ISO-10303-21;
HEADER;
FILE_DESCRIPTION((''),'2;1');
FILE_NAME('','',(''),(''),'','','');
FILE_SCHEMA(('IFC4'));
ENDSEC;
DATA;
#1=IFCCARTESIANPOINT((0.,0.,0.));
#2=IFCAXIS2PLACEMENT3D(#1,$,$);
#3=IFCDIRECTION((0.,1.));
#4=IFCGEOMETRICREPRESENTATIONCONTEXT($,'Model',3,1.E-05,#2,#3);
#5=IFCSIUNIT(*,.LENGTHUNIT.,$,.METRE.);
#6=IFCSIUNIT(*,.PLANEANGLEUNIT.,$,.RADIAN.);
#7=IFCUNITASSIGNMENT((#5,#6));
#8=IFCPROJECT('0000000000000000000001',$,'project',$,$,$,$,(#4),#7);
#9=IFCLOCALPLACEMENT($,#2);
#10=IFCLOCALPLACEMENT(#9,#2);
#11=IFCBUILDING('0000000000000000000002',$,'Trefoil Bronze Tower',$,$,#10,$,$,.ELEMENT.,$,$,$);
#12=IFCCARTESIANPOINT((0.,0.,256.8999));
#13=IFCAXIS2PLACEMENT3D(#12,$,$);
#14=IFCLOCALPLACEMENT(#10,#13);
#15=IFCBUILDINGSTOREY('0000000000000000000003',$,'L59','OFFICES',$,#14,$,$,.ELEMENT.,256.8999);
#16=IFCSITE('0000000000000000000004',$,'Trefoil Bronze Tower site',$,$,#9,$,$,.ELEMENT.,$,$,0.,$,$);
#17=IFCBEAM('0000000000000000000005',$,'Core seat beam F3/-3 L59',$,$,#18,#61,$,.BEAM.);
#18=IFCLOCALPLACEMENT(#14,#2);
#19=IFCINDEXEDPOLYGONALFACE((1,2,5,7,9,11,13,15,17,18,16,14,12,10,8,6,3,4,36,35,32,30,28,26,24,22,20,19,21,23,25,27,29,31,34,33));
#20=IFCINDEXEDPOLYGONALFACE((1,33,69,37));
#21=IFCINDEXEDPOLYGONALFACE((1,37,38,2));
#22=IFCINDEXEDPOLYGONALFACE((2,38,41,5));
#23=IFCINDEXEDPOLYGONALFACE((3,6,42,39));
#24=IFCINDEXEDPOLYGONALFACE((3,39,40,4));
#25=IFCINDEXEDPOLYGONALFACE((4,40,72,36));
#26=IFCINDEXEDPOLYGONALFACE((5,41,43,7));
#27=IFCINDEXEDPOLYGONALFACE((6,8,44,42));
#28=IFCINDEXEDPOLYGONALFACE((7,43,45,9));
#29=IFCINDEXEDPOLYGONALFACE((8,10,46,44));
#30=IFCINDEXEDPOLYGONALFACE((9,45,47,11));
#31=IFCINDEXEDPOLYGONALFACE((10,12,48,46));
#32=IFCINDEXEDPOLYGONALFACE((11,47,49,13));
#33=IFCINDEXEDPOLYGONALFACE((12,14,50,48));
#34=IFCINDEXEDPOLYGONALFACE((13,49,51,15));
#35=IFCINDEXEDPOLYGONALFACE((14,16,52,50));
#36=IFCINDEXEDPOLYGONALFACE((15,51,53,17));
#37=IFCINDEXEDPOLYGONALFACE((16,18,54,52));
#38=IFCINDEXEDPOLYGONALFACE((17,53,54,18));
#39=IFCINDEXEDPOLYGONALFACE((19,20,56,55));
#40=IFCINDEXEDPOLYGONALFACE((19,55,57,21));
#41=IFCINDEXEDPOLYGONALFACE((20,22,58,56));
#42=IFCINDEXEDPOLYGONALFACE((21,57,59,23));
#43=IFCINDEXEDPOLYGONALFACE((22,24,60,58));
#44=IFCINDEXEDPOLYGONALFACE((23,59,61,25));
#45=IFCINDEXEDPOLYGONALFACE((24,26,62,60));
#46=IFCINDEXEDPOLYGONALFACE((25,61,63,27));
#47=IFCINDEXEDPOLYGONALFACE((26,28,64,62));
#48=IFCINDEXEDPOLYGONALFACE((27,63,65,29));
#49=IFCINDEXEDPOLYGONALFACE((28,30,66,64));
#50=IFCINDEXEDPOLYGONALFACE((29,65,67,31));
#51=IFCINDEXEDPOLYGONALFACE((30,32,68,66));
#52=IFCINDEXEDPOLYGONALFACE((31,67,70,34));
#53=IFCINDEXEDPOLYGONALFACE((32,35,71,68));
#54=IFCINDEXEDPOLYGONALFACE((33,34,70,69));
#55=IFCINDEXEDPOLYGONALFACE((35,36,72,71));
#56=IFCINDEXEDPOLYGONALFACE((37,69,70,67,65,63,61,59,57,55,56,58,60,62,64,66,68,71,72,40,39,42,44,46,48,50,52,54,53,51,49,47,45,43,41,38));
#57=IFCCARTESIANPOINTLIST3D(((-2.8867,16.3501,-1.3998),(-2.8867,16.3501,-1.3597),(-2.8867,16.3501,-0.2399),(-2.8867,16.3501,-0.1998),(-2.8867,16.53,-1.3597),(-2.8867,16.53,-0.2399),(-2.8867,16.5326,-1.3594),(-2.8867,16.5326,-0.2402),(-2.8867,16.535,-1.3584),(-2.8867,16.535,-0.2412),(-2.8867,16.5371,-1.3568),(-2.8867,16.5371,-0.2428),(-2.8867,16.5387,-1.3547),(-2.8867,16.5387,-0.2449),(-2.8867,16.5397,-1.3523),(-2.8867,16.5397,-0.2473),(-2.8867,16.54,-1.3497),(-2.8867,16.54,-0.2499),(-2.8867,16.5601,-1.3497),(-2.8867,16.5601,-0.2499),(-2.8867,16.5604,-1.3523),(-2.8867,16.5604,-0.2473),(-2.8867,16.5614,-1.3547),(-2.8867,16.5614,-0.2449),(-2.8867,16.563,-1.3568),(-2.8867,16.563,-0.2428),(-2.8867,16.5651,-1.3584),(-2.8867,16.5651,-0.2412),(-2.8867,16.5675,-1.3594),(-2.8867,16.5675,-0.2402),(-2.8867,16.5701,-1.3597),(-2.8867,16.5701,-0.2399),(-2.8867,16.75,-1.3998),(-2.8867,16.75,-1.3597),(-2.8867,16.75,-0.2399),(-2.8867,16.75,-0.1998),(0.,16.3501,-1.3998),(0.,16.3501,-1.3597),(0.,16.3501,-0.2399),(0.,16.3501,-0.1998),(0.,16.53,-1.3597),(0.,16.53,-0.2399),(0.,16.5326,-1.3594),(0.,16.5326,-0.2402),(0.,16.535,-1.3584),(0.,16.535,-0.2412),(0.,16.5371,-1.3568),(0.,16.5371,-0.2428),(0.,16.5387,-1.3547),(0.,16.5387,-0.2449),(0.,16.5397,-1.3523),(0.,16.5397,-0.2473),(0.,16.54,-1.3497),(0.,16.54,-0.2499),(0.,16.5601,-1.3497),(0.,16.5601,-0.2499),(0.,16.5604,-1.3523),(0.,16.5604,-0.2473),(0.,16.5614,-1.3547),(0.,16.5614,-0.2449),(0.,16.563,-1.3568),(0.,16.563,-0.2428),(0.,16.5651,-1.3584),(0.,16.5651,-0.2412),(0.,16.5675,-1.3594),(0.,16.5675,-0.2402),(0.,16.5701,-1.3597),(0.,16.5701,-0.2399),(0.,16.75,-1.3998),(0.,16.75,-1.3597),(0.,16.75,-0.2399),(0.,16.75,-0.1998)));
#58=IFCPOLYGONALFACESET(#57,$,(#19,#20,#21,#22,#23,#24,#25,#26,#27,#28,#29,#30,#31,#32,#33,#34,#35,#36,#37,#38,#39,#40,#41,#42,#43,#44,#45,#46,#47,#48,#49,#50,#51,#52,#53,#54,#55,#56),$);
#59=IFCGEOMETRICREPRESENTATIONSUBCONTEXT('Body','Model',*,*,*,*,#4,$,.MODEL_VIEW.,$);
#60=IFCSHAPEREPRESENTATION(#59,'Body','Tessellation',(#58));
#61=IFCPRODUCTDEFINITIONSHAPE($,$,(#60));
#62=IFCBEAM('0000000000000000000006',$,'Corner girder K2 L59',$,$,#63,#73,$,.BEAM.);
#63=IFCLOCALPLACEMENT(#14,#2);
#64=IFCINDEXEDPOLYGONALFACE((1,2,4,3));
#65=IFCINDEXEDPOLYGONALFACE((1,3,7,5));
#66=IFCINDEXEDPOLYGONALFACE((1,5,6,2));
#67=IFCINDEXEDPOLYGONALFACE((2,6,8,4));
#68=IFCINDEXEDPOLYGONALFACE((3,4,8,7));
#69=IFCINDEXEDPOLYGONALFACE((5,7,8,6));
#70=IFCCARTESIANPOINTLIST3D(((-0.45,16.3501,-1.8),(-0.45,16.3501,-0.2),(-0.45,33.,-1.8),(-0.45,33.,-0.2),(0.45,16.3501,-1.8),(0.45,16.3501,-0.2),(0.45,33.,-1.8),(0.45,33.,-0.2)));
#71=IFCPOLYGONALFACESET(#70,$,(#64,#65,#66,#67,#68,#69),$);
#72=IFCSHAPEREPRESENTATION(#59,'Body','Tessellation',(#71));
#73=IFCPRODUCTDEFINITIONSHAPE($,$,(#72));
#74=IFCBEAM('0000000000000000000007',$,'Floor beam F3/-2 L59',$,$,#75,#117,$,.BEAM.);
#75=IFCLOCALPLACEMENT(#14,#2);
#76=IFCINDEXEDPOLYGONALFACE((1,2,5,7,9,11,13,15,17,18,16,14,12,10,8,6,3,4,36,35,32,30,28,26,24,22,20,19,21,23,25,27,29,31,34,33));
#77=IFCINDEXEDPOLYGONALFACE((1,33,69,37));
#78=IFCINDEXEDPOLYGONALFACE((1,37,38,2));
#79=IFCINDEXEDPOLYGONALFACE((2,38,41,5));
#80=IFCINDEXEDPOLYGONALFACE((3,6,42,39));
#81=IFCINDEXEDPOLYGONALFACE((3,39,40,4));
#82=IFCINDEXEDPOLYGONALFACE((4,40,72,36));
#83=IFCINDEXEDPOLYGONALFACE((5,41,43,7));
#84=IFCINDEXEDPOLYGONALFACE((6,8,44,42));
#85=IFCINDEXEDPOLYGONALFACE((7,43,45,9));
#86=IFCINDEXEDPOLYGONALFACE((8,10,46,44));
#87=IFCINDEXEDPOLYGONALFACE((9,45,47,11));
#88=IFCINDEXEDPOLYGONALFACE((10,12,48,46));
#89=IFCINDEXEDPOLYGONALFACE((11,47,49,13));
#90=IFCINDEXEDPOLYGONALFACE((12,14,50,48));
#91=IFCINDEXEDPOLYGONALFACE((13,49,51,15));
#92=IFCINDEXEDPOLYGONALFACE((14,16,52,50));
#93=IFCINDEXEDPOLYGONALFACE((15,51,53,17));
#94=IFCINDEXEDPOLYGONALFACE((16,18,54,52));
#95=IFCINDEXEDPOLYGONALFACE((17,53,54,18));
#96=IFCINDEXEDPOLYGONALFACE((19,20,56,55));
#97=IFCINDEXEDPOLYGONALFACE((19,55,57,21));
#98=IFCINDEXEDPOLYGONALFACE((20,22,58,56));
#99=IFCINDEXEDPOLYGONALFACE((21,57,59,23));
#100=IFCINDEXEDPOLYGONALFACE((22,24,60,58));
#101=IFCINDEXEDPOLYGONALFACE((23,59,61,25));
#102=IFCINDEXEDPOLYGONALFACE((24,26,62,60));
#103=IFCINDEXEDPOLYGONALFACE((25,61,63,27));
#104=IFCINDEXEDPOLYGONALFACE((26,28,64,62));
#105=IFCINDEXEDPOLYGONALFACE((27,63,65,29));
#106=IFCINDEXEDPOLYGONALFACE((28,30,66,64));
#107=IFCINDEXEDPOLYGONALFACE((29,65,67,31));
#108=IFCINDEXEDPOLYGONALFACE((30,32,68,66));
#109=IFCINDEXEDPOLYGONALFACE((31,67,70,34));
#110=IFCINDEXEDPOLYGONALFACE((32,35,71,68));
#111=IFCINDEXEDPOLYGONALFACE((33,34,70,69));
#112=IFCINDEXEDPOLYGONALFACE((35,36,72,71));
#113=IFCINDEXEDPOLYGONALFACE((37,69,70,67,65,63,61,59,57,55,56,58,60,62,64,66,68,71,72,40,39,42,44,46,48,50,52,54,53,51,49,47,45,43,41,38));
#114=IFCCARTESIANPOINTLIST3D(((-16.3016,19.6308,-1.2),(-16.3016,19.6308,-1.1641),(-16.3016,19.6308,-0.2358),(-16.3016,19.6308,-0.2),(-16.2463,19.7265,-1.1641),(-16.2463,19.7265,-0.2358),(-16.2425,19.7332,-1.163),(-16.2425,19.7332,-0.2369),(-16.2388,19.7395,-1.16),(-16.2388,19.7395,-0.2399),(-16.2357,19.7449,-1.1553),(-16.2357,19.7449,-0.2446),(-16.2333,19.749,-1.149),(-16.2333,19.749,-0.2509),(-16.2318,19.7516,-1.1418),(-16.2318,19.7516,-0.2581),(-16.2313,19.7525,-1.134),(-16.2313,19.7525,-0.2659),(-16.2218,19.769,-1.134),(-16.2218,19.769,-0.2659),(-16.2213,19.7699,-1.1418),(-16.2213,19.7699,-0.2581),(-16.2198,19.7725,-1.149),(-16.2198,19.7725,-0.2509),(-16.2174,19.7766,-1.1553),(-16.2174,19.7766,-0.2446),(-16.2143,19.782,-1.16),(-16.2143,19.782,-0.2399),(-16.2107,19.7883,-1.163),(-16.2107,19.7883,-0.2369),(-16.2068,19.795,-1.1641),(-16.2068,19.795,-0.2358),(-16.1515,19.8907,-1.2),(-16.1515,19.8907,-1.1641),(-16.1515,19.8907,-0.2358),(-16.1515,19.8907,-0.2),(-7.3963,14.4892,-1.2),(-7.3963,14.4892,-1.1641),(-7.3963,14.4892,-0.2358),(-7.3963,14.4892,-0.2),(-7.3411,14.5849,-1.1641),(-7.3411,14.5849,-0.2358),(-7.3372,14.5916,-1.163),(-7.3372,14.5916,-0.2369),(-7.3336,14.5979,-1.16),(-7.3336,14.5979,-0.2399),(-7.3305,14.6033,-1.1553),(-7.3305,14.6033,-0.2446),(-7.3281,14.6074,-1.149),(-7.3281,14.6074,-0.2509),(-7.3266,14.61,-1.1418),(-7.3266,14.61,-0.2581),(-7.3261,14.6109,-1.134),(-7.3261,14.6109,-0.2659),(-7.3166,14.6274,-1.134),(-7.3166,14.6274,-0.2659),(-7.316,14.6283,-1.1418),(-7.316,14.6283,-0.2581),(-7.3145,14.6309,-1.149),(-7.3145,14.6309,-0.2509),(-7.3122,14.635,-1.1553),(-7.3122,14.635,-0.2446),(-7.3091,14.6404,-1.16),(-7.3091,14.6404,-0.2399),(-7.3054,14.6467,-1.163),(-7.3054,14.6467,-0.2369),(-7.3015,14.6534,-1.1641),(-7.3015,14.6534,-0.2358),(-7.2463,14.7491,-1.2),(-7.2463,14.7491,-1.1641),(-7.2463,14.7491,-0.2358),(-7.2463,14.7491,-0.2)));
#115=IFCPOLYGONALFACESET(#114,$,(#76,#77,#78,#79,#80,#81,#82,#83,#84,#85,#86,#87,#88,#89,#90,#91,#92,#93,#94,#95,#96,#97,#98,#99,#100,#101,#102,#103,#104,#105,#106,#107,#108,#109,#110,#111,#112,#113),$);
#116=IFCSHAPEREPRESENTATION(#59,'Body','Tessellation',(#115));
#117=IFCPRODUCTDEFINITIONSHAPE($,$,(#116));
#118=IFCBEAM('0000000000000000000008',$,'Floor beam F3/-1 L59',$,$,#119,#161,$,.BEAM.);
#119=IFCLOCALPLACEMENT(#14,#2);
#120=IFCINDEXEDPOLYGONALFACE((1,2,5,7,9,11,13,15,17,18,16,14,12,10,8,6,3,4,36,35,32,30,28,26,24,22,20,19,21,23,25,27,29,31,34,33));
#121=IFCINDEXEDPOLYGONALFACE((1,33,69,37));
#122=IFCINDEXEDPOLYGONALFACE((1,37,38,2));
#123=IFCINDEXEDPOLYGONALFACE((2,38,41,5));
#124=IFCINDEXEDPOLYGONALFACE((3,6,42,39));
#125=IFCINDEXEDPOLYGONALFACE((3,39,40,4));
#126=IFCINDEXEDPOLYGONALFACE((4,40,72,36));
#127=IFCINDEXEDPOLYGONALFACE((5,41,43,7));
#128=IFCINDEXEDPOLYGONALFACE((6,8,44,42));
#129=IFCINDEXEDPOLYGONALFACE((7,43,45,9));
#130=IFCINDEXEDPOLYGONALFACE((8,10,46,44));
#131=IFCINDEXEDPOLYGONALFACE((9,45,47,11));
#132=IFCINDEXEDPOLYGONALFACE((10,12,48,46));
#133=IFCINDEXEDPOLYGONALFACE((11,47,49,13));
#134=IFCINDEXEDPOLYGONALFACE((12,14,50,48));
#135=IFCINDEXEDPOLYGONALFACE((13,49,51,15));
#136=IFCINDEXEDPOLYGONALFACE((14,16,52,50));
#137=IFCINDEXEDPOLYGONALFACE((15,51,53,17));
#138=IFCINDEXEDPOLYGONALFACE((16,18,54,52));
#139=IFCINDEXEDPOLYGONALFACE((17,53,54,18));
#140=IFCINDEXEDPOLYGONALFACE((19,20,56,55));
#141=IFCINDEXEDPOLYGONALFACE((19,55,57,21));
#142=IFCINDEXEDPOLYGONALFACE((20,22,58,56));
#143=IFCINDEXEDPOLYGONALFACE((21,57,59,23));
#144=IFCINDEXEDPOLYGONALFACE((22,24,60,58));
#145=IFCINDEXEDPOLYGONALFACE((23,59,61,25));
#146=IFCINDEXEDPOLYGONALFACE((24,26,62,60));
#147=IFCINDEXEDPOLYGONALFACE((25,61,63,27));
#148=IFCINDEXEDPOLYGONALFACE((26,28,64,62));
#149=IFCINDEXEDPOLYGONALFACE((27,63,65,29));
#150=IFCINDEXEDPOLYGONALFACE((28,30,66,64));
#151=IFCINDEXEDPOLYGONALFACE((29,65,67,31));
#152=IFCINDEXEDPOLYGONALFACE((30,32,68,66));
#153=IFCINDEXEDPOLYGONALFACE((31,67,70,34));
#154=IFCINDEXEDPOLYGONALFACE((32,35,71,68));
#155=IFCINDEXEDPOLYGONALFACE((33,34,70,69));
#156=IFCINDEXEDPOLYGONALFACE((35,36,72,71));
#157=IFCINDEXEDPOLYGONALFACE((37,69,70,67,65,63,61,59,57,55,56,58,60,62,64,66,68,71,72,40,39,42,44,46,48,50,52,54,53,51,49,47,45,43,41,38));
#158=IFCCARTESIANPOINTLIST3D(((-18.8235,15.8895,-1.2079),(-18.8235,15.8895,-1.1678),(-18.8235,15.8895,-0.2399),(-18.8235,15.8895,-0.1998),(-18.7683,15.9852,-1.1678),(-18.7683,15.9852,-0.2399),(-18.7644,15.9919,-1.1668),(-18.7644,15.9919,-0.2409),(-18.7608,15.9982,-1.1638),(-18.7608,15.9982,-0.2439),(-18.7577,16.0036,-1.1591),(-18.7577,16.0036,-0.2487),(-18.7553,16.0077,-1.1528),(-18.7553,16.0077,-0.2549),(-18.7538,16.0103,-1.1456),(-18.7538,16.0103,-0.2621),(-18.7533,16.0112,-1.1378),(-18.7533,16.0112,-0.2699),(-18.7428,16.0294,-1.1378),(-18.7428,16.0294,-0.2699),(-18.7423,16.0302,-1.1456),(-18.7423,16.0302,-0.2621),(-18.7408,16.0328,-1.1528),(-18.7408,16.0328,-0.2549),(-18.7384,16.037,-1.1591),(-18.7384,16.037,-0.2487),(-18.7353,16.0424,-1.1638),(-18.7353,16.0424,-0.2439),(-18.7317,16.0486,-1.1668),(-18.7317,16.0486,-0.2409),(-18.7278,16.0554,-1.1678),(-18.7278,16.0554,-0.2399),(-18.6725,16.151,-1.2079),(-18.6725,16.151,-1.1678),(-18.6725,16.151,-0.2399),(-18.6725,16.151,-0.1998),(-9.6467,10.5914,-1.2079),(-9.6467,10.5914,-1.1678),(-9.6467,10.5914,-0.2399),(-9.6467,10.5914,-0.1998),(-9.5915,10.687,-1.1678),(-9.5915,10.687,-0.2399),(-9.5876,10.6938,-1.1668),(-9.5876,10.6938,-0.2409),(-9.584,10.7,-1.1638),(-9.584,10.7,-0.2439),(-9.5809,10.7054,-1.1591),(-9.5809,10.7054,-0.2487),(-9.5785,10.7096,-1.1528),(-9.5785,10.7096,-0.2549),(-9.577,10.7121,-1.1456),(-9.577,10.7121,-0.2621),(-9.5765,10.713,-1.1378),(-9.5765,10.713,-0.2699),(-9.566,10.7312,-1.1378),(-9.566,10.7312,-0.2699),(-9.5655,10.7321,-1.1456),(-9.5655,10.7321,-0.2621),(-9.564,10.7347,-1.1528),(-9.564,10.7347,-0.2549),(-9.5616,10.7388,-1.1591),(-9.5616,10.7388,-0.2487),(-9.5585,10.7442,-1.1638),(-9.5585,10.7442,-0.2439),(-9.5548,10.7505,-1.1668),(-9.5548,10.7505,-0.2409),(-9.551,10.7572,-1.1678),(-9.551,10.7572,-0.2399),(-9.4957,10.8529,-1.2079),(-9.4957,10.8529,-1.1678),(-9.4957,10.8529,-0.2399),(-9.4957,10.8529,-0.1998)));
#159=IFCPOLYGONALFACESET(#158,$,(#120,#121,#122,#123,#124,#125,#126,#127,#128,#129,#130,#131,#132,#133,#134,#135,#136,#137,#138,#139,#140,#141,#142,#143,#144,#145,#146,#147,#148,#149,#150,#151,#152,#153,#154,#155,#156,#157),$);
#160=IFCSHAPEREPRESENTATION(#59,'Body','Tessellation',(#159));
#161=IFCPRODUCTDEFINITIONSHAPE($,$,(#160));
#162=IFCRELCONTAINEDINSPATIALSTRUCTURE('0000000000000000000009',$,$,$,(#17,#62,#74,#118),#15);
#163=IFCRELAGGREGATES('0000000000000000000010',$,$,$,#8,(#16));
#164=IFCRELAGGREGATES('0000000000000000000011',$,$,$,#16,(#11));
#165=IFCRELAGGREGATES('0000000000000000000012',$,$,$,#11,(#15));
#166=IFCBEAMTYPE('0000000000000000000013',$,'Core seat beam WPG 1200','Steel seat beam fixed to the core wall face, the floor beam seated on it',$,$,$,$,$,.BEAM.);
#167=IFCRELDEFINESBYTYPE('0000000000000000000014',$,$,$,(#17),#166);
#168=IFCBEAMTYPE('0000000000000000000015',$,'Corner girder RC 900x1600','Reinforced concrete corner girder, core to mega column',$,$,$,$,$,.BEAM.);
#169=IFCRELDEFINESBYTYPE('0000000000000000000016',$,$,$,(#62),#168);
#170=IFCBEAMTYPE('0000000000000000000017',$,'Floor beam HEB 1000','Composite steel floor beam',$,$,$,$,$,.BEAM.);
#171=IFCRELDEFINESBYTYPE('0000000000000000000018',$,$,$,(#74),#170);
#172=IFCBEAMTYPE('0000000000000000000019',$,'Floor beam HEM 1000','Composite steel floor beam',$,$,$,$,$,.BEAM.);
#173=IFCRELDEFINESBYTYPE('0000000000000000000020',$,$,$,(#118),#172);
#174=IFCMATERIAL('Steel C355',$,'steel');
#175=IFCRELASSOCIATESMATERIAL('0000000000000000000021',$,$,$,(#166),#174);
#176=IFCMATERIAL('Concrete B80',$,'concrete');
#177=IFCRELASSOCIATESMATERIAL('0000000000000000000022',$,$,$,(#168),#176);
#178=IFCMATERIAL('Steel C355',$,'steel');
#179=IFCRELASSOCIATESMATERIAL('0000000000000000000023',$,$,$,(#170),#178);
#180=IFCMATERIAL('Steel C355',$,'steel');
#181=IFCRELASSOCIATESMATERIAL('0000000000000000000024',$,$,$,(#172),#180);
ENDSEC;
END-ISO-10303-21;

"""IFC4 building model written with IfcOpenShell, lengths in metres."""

from ifc_helpers import new_model, si_unit, direction, frame, origin, origin_2d, place, context, subcontext, project, spatial, rectangle, i_section, extrude, material, material_profile, profile_set, type_object, element, save


model = new_model("IFC4")

# Units and contexts
model_context = context("Model", 3, precision=1e-05, world=origin(), true_north=direction((0.0, 1.0)))
body_context = subcontext(model_context, "Body", "Model", "MODEL_VIEW")
ifc_project = project(units=[si_unit("LENGTHUNIT", "METRE"), si_unit("PLANEANGLEUNIT", "RADIAN")], contexts=[model_context])

# Site, building, storey
site_placement = place(None, origin())
site = spatial("IfcSite", under=ifc_project, at=site_placement, Name="Trefoil Bronze Tower site", CompositionType="ELEMENT", RefElevation=0.0)
building_placement = place(site_placement, origin())
building = spatial("IfcBuilding", under=site, at=building_placement, Name="Trefoil Bronze Tower", CompositionType="ELEMENT")
storey_placement = place(building_placement, frame((0.0, 0.0, 256.8999)))
storey = spatial("IfcBuildingStorey", under=building, at=storey_placement, Name="L59", Description="OFFICES", CompositionType="ELEMENT", Elevation=256.8999)

# Beams
ifc_material_1 = material(Name="Steel C355", Category="steel")
ifc_material_profile_1 = material_profile(ifc_material_1, i_section(OverallWidth=0.3999, OverallDepth=1.2, WebThickness=0.02, FlangeThickness=0.04, FilletRadius=0.01, at=origin_2d()), Name="WPG 1200")
ifc_profile_set_1 = profile_set([ifc_material_profile_1], Name="Steel C355")
beam_type_1 = type_object("IfcBeamType", Name="Core seat beam WPG 1200", Description="Steel seat beam fixed to the core wall face, the floor beam seated on it", PredefinedType="BEAM", material=ifc_profile_set_1)
beam_1_placement = place(storey_placement, frame((0.0, 16.55, -0.7998), z_axis=(-1.0, 0.0, 0.0), x_axis=(0.0, -1.0, 0.0)))
element("IfcBeam", 1, at=beam_1_placement, inside=storey, type_object=beam_type_1, Name="Core seat beam F3/-3 L59", PredefinedType="BEAM", context=body_context, shape_type="SweptSolid", body=[
    extrude(i_section(OverallWidth=0.3999, OverallDepth=1.2, WebThickness=0.02, FlangeThickness=0.04, FilletRadius=0.01, at=origin_2d()), origin(), (0.0, 0.0, 1.0), 2.8867),
])
ifc_material_2 = material(Name="Concrete B80", Category="concrete")
ifc_material_profile_2 = material_profile(ifc_material_2, rectangle(XDim=0.8999, YDim=1.6001, at=origin_2d()), Name="RC 900x1600")
ifc_profile_set_2 = profile_set([ifc_material_profile_2], Name="Concrete B80")
beam_type_2 = type_object("IfcBeamType", Name="Corner girder RC 900x1600", Description="Reinforced concrete corner girder, core to mega column", PredefinedType="BEAM", material=ifc_profile_set_2)
beam_2_placement = place(storey_placement, frame((0.0, 16.3501, -1.0), z_axis=(0.0, 1.0, 0.0), x_axis=(-1.0, 0.0, 0.0)))
element("IfcBeam", 2, at=beam_2_placement, inside=storey, type_object=beam_type_2, Name="Corner girder K2 L59", PredefinedType="BEAM", context=body_context, shape_type="SweptSolid", body=[
    extrude(rectangle(XDim=0.8999, YDim=1.6001, at=origin_2d()), origin(), (0.0, 0.0, 1.0), 16.6499),
])
ifc_material_3 = material(Name="Steel C355", Category="steel")
ifc_material_profile_3 = material_profile(ifc_material_3, i_section(OverallWidth=0.3, OverallDepth=1.0, WebThickness=0.019, FlangeThickness=0.0359, FilletRadius=0.03, at=origin_2d()), Name="HEB 1000")
ifc_profile_set_3 = profile_set([ifc_material_profile_3], Name="Steel C355")
beam_type_3 = type_object("IfcBeamType", Name="Floor beam HEB 1000", Description="Composite steel floor beam", PredefinedType="BEAM", material=ifc_profile_set_3)
beam_3_placement = place(storey_placement, frame((-16.2266, 19.7607, -0.7), z_axis=(0.86602, -0.50001, 0.0), x_axis=(0.50001, 0.86602, 0.0)))
element("IfcBeam", 3, at=beam_3_placement, inside=storey, type_object=beam_type_3, Name="Floor beam F3/-2 L59", PredefinedType="BEAM", context=body_context, shape_type="SweptSolid", body=[
    extrude(i_section(OverallWidth=0.3, OverallDepth=1.0, WebThickness=0.019, FlangeThickness=0.0359, FilletRadius=0.03, at=origin_2d()), origin(), (0.0, 0.0, 1.0), 10.283),
])
ifc_material_4 = material(Name="Steel C355", Category="steel")
ifc_material_profile_4 = material_profile(ifc_material_4, i_section(OverallWidth=0.302, OverallDepth=1.0081, WebThickness=0.021, FlangeThickness=0.04, FilletRadius=0.03, at=origin_2d()), Name="HEM 1000")
ifc_profile_set_4 = profile_set([ifc_material_profile_4], Name="Steel C355")
beam_type_4 = type_object("IfcBeamType", Name="Floor beam HEM 1000", Description="Composite steel floor beam", PredefinedType="BEAM", material=ifc_profile_set_4)
beam_4_placement = place(storey_placement, frame((-18.748, 16.0203, -0.7039), z_axis=(0.86603, -0.499992, 0.0), x_axis=(0.499992, 0.86603, 0.0)))
element("IfcBeam", 4, at=beam_4_placement, inside=storey, type_object=beam_type_4, Name="Floor beam F3/-1 L59", PredefinedType="BEAM", context=body_context, shape_type="SweptSolid", body=[
    extrude(i_section(OverallWidth=0.302, OverallDepth=1.0081, WebThickness=0.021, FlangeThickness=0.04, FilletRadius=0.03, at=origin_2d()), origin(), (0.0, 0.0, 1.0), 10.5964),
])

save(model, "model.ifc")
